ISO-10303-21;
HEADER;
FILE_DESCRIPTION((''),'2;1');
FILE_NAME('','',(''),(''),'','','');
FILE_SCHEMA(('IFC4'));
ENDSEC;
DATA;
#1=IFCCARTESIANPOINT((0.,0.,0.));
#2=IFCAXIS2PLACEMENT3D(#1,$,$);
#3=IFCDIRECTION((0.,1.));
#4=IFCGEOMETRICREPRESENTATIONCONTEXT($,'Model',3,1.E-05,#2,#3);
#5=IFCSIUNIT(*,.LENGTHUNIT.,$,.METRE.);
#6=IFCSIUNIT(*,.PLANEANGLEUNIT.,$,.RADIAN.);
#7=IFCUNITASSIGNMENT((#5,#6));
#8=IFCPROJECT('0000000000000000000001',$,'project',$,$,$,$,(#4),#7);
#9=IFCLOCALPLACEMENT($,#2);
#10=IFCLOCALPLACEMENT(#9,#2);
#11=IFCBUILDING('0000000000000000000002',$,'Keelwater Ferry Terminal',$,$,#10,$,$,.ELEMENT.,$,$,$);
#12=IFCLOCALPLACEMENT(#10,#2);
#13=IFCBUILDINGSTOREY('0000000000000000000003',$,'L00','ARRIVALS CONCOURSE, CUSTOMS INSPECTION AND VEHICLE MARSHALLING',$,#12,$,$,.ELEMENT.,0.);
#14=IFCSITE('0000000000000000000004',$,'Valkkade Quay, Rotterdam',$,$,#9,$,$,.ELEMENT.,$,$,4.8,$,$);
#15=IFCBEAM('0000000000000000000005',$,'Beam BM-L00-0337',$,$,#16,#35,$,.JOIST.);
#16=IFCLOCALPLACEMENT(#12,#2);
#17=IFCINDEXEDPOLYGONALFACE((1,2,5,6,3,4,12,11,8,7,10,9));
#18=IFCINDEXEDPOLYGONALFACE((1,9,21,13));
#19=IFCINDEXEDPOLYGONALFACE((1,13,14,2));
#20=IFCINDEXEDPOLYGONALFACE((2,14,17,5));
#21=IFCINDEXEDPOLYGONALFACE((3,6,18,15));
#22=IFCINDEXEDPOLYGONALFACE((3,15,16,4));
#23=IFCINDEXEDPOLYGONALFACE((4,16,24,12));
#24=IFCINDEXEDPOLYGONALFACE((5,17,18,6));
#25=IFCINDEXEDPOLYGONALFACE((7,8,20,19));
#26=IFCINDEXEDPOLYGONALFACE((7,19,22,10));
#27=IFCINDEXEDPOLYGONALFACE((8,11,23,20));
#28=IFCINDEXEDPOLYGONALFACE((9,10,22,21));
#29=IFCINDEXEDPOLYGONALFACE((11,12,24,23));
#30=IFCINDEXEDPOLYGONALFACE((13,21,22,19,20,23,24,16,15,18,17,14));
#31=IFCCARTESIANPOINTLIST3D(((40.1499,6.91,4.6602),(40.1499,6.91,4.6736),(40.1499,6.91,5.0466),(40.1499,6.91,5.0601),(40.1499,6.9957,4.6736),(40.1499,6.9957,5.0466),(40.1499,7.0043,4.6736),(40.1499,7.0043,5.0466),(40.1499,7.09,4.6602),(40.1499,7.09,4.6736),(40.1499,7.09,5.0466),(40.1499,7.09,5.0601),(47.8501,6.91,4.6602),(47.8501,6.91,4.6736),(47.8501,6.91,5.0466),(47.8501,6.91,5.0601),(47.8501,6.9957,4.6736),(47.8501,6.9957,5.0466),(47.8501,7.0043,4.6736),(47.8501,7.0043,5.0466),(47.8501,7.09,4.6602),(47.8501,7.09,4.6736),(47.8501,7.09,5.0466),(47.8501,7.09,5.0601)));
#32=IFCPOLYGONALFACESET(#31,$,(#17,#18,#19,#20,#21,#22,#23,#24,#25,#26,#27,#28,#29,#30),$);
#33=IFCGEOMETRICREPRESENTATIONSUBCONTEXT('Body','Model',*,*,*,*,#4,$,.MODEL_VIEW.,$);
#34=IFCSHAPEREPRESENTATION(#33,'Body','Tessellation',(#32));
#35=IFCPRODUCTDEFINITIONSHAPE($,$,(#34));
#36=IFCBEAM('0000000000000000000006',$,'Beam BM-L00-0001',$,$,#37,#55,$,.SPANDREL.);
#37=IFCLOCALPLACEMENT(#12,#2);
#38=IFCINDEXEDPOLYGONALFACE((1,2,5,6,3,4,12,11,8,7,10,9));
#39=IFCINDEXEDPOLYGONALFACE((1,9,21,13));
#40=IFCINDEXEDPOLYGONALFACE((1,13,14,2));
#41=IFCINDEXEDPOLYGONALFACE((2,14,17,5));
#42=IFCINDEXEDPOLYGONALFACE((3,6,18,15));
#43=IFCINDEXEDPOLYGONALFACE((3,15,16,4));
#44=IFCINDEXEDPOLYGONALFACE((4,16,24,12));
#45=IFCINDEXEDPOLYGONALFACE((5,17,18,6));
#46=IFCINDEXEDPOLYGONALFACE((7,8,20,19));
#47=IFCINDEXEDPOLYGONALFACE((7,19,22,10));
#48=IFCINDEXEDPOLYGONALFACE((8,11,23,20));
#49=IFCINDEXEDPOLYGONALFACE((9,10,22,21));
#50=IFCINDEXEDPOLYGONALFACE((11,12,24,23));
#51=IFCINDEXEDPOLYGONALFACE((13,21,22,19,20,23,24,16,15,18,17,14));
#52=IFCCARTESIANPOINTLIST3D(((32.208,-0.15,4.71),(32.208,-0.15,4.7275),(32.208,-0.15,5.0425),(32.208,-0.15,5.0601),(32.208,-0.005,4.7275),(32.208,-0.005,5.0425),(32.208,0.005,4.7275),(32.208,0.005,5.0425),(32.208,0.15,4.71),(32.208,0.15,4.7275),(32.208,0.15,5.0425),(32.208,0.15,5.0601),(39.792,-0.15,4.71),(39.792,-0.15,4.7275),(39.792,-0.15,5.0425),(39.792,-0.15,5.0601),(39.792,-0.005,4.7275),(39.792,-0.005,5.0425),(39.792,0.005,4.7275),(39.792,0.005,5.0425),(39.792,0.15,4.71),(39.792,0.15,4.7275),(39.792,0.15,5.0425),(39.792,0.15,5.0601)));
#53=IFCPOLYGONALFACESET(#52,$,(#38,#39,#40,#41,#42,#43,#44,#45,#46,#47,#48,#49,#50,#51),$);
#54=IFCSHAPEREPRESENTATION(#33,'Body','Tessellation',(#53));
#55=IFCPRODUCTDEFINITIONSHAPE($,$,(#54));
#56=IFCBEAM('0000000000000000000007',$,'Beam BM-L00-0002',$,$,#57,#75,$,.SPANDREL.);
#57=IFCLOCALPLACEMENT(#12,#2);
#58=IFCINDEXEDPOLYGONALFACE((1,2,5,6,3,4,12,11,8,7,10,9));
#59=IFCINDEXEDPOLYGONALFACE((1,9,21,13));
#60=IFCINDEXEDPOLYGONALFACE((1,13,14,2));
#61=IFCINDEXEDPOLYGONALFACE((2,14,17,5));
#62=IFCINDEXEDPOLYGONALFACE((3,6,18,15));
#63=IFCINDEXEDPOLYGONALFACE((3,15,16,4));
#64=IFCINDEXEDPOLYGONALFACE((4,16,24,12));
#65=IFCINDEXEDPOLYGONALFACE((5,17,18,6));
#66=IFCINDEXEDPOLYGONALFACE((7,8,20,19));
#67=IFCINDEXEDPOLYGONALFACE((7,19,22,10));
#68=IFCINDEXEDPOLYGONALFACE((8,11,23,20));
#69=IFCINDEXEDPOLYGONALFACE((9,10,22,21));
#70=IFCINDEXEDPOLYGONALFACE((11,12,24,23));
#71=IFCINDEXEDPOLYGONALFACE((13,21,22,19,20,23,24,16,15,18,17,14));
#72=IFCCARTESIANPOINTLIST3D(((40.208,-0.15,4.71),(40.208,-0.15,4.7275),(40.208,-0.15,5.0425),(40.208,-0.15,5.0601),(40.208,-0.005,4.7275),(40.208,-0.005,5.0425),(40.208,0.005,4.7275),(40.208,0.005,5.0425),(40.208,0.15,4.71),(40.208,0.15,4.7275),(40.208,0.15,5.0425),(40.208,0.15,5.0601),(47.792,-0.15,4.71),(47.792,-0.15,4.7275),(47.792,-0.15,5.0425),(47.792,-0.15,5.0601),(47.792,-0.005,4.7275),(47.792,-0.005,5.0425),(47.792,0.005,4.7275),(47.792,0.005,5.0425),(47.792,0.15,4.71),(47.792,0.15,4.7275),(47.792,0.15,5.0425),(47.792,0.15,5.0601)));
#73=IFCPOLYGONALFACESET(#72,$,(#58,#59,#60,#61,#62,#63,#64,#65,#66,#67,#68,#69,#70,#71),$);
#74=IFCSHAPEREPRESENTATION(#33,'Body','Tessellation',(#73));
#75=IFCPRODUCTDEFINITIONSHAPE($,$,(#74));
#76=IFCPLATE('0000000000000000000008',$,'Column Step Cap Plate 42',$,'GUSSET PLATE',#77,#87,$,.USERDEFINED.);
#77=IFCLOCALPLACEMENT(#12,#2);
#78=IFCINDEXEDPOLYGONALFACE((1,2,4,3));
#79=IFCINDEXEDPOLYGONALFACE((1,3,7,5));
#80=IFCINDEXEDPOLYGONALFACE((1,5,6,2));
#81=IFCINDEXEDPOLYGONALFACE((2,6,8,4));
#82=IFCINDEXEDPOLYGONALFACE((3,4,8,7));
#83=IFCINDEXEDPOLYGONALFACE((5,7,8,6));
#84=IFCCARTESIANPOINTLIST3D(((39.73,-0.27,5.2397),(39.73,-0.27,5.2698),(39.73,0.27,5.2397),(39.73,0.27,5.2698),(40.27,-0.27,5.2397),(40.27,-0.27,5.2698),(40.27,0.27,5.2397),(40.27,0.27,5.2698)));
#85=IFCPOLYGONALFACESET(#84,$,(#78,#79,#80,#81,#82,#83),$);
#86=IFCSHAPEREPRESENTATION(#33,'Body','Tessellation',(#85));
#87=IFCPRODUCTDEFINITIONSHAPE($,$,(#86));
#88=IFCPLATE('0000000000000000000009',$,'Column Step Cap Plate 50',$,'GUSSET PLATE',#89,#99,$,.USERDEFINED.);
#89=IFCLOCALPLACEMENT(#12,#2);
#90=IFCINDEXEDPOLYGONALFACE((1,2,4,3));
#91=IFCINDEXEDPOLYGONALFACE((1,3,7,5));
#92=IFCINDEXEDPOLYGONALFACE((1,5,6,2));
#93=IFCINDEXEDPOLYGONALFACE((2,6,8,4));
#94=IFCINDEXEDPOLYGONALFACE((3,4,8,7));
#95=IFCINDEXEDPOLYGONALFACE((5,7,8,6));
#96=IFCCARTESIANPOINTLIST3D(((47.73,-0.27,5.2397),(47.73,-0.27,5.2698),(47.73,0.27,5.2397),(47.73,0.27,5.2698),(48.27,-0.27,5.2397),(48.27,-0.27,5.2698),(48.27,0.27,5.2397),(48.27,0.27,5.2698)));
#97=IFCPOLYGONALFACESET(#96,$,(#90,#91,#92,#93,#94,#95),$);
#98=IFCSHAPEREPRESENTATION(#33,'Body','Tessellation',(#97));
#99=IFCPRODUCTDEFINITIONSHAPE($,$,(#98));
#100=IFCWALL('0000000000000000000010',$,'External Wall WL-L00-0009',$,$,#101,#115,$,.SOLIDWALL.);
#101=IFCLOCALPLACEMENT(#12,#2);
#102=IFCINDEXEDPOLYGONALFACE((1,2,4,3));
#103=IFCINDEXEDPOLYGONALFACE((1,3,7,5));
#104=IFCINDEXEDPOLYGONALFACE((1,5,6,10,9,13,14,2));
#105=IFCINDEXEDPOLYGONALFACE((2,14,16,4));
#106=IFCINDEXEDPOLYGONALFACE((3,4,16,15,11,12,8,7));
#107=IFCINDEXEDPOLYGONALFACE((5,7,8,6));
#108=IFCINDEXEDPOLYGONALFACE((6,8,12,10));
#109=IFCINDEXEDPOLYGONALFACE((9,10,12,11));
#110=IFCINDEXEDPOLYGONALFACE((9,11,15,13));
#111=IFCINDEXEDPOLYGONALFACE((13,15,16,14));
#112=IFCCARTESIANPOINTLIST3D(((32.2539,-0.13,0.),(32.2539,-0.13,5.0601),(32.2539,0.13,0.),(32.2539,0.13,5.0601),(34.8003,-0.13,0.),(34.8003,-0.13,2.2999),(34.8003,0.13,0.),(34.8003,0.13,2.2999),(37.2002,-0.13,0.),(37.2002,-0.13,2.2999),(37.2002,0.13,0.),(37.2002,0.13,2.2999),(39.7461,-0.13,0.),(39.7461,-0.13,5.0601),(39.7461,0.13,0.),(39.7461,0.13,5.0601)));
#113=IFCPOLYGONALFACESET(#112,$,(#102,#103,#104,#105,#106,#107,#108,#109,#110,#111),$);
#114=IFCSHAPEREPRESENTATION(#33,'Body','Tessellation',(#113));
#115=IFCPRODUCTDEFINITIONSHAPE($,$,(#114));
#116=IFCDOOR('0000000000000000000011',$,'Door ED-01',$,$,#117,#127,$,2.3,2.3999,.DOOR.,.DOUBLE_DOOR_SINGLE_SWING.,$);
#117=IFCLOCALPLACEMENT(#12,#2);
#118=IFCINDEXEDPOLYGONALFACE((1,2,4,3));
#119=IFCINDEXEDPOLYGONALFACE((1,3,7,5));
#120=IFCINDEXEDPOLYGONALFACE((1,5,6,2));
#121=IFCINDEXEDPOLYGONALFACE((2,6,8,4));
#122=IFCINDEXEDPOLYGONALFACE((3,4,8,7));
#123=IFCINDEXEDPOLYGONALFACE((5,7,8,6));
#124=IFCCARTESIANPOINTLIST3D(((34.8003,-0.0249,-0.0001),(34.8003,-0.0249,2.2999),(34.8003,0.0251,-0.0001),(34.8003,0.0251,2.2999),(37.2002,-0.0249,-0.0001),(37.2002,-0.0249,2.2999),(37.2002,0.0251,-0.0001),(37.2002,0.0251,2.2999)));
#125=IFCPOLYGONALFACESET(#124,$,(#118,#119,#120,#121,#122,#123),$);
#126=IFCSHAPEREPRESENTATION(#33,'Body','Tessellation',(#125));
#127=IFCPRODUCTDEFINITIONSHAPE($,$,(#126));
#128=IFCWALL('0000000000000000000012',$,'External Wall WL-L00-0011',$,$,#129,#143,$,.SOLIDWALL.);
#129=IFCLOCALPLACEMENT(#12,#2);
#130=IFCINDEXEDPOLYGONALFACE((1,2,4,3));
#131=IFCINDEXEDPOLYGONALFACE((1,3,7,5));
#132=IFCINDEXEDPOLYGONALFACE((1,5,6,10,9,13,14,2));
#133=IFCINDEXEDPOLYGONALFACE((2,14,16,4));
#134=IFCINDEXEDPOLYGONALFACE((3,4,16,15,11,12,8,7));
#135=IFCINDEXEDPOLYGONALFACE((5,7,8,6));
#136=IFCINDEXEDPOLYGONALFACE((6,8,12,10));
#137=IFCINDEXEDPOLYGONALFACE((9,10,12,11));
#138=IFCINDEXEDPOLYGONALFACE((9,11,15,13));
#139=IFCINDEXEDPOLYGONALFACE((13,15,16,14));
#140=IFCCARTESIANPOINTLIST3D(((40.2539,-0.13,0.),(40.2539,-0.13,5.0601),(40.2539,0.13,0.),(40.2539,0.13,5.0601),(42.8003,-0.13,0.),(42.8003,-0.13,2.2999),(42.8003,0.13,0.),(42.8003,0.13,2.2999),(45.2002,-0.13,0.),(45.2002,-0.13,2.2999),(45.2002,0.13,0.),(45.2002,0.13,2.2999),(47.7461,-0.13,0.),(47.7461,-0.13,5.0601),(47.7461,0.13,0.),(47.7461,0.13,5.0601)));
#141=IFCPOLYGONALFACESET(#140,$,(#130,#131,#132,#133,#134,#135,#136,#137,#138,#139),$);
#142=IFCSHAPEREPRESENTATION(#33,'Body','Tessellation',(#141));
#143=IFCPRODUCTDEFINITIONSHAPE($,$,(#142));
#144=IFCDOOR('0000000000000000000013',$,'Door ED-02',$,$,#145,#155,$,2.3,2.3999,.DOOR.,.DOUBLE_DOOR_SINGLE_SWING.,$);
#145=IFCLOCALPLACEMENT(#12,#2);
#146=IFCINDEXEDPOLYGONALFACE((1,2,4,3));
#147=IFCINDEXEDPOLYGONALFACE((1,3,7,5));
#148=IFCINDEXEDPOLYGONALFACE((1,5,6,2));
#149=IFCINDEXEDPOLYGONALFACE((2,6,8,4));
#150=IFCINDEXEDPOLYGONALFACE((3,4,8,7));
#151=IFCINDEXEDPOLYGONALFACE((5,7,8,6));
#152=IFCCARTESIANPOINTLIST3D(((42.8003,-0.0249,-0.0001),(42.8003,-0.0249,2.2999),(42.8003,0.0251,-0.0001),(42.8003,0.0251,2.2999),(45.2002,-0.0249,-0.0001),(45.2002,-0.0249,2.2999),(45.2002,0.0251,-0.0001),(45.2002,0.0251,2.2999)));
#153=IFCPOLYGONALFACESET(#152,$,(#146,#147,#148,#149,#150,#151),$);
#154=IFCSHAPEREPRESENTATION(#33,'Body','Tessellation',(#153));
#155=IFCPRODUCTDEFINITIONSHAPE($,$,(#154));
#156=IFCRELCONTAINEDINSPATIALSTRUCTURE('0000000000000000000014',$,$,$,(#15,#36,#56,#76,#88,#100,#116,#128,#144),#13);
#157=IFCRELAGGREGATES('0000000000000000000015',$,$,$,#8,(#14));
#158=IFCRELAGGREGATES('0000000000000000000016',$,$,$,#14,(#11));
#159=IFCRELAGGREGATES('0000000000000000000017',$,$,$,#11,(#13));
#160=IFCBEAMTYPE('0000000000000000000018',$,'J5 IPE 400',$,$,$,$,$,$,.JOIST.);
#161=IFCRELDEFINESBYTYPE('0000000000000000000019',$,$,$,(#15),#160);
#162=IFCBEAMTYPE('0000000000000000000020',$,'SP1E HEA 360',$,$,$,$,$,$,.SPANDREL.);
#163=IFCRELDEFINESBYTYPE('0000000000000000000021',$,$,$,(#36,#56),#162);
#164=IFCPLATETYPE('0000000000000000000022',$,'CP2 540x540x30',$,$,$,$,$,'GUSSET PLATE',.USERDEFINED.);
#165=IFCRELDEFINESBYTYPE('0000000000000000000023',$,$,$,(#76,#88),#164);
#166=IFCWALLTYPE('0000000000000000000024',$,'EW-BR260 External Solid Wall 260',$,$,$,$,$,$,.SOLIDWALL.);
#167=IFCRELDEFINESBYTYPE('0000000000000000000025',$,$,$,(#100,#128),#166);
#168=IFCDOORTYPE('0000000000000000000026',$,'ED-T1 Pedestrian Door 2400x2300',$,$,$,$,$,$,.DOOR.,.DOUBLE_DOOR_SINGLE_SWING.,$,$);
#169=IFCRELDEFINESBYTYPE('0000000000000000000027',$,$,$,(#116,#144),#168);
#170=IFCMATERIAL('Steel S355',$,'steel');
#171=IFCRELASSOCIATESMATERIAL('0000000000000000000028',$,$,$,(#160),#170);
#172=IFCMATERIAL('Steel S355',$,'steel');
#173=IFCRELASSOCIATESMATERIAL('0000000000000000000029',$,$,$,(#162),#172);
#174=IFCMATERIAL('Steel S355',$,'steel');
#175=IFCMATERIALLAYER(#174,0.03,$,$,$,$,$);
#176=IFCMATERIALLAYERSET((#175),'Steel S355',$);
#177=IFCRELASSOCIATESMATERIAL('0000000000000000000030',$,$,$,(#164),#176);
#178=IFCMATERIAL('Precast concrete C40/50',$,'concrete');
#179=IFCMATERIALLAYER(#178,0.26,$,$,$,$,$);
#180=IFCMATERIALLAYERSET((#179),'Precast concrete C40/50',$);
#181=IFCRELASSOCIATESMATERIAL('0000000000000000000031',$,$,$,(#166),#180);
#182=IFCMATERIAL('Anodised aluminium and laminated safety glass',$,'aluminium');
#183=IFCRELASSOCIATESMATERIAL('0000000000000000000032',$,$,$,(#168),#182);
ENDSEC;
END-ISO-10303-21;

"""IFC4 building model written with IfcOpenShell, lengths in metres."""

from ifc_helpers import new_model, si_unit, direction, frame, frame_2d, origin, origin_2d, place, context, subcontext, project, spatial, rectangle, i_section, extrude, material, layer, layer_set, material_profile, profile_set, type_object, element, fill, save


model = new_model("IFC4")

# Units and contexts
model_context = context("Model", 3, precision=1e-05, world=origin(), true_north=direction((0.0, 1.0)))
body_context = subcontext(model_context, "Body", "Model", "MODEL_VIEW")
ifc_project = project(units=[si_unit("LENGTHUNIT", "METRE"), si_unit("PLANEANGLEUNIT", "RADIAN")], contexts=[model_context])

# Site, building, storey
site_placement = place(None, origin())
site = spatial("IfcSite", under=ifc_project, at=site_placement, Name="Valkkade Quay, Rotterdam", CompositionType="ELEMENT", RefElevation=4.8)
building_placement = place(site_placement, origin())
building = spatial("IfcBuilding", under=site, at=building_placement, Name="Keelwater Ferry Terminal", CompositionType="ELEMENT")
storey_placement = place(building_placement, origin())
storey = spatial("IfcBuildingStorey", under=building, at=storey_placement, Name="L00", Description="ARRIVALS CONCOURSE, CUSTOMS INSPECTION AND VEHICLE MARSHALLING", CompositionType="ELEMENT", Elevation=0.0)

# Beams
ifc_material_1 = material(Name="Steel S355", Category="steel")
ifc_material_profile_1 = material_profile(ifc_material_1, i_section(OverallWidth=0.1799, OverallDepth=0.3999, WebThickness=0.0085, FlangeThickness=0.0134, at=origin_2d()), Name="IPE 400")
ifc_profile_set_1 = profile_set([ifc_material_profile_1], Name="Steel S355")
beam_type_1 = type_object("IfcBeamType", Name="J5 IPE 400", PredefinedType="JOIST", material=ifc_profile_set_1)
for number, where, z_axis, x_axis, name in (
    (1, (40.1499, 7.0, 4.8601), (1.0, 0.0, 0.0), (0.0, 1.0, 0.0), "Beam BM-L00-0337"),
):
    element("IfcBeam", number, at=place(storey_placement, frame(where, z_axis=z_axis, x_axis=x_axis)), inside=storey, type_object=beam_type_1, Name=name, PredefinedType="JOIST", context=body_context, shape_type="SweptSolid", body=[
        extrude(i_section(OverallWidth=0.1799, OverallDepth=0.3999, WebThickness=0.0085, FlangeThickness=0.0134, at=origin_2d()), origin(), (0.0, 0.0, 1.0), 7.7002),
    ])
ifc_material_2 = material(Name="Steel S355", Category="steel")
ifc_material_profile_2 = material_profile(ifc_material_2, i_section(OverallWidth=0.3, OverallDepth=0.3501, WebThickness=0.01, FlangeThickness=0.0176, at=origin_2d()), Name="HEA 360")
ifc_profile_set_2 = profile_set([ifc_material_profile_2], Name="Steel S355")
beam_type_2 = type_object("IfcBeamType", Name="SP1E HEA 360", PredefinedType="SPANDREL", material=ifc_profile_set_2)
for number, where, z_axis, x_axis, name in (
    (2, (32.208, 0.0, 4.885), (1.0, 0.0, 0.0), (0.0, 1.0, 0.0), "Beam BM-L00-0001"),
    (3, (40.208, 0.0, 4.885), (1.0, 0.0, 0.0), (0.0, 1.0, 0.0), "Beam BM-L00-0002"),
):
    element("IfcBeam", number, at=place(storey_placement, frame(where, z_axis=z_axis, x_axis=x_axis)), inside=storey, type_object=beam_type_2, Name=name, PredefinedType="SPANDREL", context=body_context, shape_type="SweptSolid", body=[
        extrude(i_section(OverallWidth=0.3, OverallDepth=0.3501, WebThickness=0.01, FlangeThickness=0.0176, at=origin_2d()), origin(), (0.0, 0.0, 1.0), 7.584),
    ])

# Plates
ifc_material_3 = material(Name="Steel S355", Category="steel")
ifc_layer_1 = layer(ifc_material_3, 0.03)
ifc_layer_set_1 = layer_set([ifc_layer_1], Name="Steel S355")
plate_type = type_object("IfcPlateType", Name="CP2 540x540x30", ElementType="GUSSET PLATE", PredefinedType="USERDEFINED", material=ifc_layer_set_1)
for number, where, z_axis, x_axis, name in (
    (4, (40.0, 0.0, 5.2397), (0.0, 0.0, 1.0), (1.0, 0.0, 0.0), "Column Step Cap Plate 42"),
    (5, (48.0, 0.0, 5.2397), (0.0, 0.0, 1.0), (1.0, 0.0, 0.0), "Column Step Cap Plate 50"),
):
    element("IfcPlate", number, at=place(storey_placement, frame(where, z_axis=z_axis, x_axis=x_axis)), inside=storey, type_object=plate_type, Name=name, ObjectType="GUSSET PLATE", PredefinedType="USERDEFINED", context=body_context, shape_type="SweptSolid", body=[
        extrude(rectangle(XDim=0.54, YDim=0.54, at=origin_2d()), origin(), (0.0, 0.0, 1.0), 0.03),
    ])

# Walls, openings, doors
ifc_material_4 = material(Name="Precast concrete C40/50", Category="concrete")
ifc_layer_2 = layer(ifc_material_4, 0.26)
ifc_layer_set_2 = layer_set([ifc_layer_2], Name="Precast concrete C40/50")
wall_type = type_object("IfcWallType", Name="EW-BR260 External Solid Wall 260", PredefinedType="SOLIDWALL", material=ifc_layer_set_2)
wall_1_placement = place(storey_placement, frame((39.7461, 0.0, 0.0), z_axis=(0.0, 0.0, 1.0), x_axis=(-1.0, 0.0, 0.0)))
wall_1 = element("IfcWall", 6, at=wall_1_placement, inside=storey, type_object=wall_type, Name="External Wall WL-L00-0009", PredefinedType="SOLIDWALL", context=body_context, shape_type="SweptSolid", body=[
    extrude(rectangle(XDim=7.4922, YDim=0.26, at=frame_2d((3.7461, 0.0))), origin(), (0.0, 0.0, 1.0), 5.0601),
])
opening_1_placement = place(wall_1_placement, frame((2.5459, 0.0, 0.0)))
opening_1 = element("IfcOpeningElement", 7, at=opening_1_placement, cuts=wall_1, PredefinedType="OPENING", context=body_context, shape_type="SweptSolid", body=[
    extrude(rectangle(XDim=2.3999, YDim=2.3, at=frame_2d((1.2, 1.1499))), frame((0.0, 0.1399, 0.0), z_axis=(0.0, -1.0, 0.0), x_axis=(1.0, 0.0, 0.0)), (0.0, 0.0, 1.0), 0.28),
])
ifc_material_5 = material(Name="Anodised aluminium and laminated safety glass", Category="aluminium")
door_type = type_object("IfcDoorType", Name="ED-T1 Pedestrian Door 2400x2300", OperationType="DOUBLE_DOOR_SINGLE_SWING", PredefinedType="DOOR", material=ifc_material_5)
door_1_placement = place(opening_1_placement, origin())
door_1 = element("IfcDoor", 8, at=door_1_placement, inside=storey, type_object=door_type, Name="Door ED-01", OperationType="DOUBLE_DOOR_SINGLE_SWING", OverallHeight=2.3, OverallWidth=2.3999, PredefinedType="DOOR", context=body_context, shape_type="SweptSolid", body=[
    extrude(rectangle(XDim=2.3999, YDim=2.3, at=frame_2d((1.2, 1.1499))), frame((0.0, 0.0249, 0.0), z_axis=(0.0, -1.0, 0.0), x_axis=(1.0, 0.0, 0.0)), (0.0, 0.0, 1.0), 0.05),
])
fill(opening_1, door_1)
wall_2_placement = place(storey_placement, frame((47.7461, 0.0, 0.0), z_axis=(0.0, 0.0, 1.0), x_axis=(-1.0, 0.0, 0.0)))
wall_2 = element("IfcWall", 9, at=wall_2_placement, inside=storey, type_object=wall_type, Name="External Wall WL-L00-0011", PredefinedType="SOLIDWALL", context=body_context, shape_type="SweptSolid", body=[
    extrude(rectangle(XDim=7.4922, YDim=0.26, at=frame_2d((3.7461, 0.0))), origin(), (0.0, 0.0, 1.0), 5.0601),
])
opening_2_placement = place(wall_2_placement, frame((2.5459, 0.0, 0.0)))
opening_2 = element("IfcOpeningElement", 10, at=opening_2_placement, cuts=wall_2, PredefinedType="OPENING", context=body_context, shape_type="SweptSolid", body=[
    extrude(rectangle(XDim=2.3999, YDim=2.3, at=frame_2d((1.2, 1.1499))), frame((0.0, 0.1399, 0.0), z_axis=(0.0, -1.0, 0.0), x_axis=(1.0, 0.0, 0.0)), (0.0, 0.0, 1.0), 0.28),
])
door_2_placement = place(opening_2_placement, origin())
door_2 = element("IfcDoor", 11, at=door_2_placement, inside=storey, type_object=door_type, Name="Door ED-02", OperationType="DOUBLE_DOOR_SINGLE_SWING", OverallHeight=2.3, OverallWidth=2.3999, PredefinedType="DOOR", context=body_context, shape_type="SweptSolid", body=[
    extrude(rectangle(XDim=2.3999, YDim=2.3, at=frame_2d((1.2, 1.1499))), frame((0.0, 0.0249, 0.0), z_axis=(0.0, -1.0, 0.0), x_axis=(1.0, 0.0, 0.0)), (0.0, 0.0, 1.0), 0.05),
])
fill(opening_2, door_2)

save(model, "model.ifc")
